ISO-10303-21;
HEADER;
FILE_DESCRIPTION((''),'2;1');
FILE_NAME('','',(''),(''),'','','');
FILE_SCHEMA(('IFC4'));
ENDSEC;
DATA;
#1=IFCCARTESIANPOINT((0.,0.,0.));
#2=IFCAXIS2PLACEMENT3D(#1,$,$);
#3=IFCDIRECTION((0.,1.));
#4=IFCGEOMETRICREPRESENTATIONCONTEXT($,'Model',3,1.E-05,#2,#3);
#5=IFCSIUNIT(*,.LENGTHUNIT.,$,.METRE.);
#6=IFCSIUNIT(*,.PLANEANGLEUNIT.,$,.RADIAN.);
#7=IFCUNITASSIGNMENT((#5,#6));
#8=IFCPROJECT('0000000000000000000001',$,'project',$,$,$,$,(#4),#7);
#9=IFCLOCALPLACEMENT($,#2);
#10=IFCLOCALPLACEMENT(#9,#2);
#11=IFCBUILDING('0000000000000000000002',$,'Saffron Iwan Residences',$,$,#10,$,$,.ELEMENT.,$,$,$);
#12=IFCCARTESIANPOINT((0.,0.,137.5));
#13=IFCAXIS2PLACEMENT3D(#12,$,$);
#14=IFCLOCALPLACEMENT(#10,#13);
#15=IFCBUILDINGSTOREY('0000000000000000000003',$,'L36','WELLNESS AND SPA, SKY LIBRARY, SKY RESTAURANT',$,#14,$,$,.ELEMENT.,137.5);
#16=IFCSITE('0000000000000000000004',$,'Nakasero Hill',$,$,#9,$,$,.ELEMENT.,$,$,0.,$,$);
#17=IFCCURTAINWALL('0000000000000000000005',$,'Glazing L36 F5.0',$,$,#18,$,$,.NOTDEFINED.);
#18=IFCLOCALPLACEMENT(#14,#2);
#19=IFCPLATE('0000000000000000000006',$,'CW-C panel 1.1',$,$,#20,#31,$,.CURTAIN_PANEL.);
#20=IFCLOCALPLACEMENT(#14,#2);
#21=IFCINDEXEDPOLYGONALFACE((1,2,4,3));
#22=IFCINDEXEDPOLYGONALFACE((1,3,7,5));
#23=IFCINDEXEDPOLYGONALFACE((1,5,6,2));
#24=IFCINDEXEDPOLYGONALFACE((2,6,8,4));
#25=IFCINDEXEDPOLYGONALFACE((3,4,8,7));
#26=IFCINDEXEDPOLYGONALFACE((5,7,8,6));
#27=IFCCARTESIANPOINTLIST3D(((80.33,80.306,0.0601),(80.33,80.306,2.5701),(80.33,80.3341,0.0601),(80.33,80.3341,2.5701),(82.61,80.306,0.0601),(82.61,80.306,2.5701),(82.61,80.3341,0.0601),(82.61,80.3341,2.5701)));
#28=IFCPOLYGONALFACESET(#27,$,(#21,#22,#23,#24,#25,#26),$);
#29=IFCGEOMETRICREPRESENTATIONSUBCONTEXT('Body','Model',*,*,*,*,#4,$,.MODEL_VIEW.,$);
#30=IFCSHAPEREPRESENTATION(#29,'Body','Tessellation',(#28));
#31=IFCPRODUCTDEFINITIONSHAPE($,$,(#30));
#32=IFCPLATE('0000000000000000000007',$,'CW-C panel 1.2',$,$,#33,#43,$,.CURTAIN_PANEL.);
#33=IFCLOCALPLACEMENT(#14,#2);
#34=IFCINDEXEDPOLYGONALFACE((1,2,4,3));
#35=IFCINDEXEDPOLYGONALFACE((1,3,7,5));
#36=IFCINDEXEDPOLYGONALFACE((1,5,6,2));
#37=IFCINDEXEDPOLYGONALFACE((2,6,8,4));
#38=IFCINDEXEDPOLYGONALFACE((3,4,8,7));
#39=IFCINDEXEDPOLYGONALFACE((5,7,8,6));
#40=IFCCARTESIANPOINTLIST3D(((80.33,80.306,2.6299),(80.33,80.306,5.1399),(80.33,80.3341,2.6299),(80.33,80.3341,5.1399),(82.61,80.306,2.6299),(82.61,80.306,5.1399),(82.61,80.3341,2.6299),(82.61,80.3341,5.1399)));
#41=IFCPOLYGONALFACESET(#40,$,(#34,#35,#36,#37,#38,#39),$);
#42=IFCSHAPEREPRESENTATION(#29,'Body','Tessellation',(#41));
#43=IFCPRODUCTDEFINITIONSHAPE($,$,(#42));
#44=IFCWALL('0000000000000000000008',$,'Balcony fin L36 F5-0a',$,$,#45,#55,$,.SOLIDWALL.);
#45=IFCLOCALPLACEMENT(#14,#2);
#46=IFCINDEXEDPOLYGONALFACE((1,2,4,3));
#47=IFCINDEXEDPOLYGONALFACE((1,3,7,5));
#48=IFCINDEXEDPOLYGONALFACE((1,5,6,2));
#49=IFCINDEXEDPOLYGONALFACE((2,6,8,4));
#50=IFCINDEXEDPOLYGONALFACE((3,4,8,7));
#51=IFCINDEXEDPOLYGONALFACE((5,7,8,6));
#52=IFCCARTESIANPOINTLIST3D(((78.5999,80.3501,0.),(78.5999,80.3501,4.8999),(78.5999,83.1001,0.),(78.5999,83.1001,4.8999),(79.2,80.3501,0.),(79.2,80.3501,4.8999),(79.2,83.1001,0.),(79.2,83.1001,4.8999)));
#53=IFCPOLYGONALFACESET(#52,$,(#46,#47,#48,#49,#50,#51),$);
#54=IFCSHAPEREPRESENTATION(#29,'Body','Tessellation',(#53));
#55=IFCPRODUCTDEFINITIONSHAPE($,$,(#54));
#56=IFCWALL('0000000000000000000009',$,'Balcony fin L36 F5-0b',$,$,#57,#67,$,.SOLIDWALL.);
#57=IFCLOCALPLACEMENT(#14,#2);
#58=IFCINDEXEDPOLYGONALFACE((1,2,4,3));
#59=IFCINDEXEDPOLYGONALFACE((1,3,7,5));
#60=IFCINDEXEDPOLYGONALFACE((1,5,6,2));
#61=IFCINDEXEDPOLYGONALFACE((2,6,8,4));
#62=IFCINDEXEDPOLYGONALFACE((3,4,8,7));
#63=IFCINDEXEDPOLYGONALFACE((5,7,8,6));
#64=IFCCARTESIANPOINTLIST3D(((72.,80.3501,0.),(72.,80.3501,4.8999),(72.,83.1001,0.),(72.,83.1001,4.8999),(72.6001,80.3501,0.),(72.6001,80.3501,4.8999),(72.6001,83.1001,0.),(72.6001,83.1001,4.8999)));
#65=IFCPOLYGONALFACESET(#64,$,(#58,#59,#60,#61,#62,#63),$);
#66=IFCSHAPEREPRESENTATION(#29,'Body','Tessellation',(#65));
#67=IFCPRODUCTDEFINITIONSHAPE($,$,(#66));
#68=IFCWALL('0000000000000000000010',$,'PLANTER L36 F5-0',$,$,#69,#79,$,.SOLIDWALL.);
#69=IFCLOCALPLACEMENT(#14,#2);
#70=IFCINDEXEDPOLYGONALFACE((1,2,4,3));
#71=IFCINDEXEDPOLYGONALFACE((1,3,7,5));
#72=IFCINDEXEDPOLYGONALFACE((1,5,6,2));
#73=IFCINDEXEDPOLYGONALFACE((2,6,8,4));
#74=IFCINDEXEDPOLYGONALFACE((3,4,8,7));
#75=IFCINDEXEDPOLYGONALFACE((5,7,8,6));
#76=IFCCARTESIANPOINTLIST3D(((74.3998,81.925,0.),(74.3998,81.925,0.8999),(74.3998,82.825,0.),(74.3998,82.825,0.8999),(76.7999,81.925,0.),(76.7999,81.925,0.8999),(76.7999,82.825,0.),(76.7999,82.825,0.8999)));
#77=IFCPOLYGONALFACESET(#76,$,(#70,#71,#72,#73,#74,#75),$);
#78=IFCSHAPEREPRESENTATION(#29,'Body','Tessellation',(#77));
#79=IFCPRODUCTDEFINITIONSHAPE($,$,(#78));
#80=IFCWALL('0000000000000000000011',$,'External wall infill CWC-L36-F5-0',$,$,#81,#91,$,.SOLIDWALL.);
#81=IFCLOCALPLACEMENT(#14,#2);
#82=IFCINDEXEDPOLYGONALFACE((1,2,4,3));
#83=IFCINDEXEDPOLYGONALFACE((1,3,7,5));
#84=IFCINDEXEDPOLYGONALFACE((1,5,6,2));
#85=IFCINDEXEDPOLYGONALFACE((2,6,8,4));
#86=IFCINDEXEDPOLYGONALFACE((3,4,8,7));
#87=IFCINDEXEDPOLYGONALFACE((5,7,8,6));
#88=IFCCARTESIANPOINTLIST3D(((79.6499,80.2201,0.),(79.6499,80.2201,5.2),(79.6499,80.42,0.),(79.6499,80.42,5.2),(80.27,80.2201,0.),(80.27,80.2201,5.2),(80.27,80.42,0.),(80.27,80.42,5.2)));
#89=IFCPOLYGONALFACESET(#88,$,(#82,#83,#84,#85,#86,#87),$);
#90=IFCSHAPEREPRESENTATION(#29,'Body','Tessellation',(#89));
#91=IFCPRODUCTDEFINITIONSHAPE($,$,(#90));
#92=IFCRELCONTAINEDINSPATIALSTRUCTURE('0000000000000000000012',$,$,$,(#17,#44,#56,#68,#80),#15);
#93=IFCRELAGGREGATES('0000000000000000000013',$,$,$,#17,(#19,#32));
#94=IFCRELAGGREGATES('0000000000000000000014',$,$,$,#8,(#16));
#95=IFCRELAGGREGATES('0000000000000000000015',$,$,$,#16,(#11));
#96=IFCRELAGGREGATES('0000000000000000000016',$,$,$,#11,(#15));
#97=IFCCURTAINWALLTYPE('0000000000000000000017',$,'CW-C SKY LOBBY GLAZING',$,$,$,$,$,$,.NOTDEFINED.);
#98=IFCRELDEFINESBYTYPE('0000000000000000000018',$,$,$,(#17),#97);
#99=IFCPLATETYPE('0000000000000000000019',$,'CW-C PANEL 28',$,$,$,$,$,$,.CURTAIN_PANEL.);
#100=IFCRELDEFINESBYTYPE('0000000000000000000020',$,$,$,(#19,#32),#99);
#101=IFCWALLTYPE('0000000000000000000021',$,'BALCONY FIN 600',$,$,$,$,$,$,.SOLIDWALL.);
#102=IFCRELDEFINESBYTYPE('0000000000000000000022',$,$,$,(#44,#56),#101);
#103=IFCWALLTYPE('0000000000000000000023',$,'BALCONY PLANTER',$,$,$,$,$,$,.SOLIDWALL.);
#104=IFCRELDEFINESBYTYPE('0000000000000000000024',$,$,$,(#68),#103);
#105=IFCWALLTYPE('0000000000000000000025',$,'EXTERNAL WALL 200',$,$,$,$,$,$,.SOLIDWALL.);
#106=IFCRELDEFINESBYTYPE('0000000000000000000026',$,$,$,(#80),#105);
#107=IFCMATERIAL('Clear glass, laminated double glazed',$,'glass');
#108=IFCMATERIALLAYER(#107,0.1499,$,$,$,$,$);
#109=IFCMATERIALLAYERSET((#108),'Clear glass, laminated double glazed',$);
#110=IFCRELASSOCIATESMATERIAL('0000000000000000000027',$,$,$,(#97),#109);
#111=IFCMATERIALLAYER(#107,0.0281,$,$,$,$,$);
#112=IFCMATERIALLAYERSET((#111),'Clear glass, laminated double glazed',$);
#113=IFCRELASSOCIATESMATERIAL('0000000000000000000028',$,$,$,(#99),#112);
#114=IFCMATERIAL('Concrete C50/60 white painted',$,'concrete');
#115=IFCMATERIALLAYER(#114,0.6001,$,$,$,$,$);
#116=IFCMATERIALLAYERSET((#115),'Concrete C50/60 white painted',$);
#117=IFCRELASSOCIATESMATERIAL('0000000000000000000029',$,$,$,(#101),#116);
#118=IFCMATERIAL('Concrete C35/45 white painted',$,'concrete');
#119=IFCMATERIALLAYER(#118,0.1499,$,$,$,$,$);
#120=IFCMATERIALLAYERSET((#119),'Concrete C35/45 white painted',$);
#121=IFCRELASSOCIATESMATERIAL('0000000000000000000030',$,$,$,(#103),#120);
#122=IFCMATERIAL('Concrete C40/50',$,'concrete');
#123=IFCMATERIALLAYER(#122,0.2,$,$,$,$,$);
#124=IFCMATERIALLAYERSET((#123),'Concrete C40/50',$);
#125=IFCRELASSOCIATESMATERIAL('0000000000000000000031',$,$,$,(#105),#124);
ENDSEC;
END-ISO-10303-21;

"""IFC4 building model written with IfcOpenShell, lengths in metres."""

from ifc_helpers import new_model, si_unit, direction, frame, frame_2d, origin, origin_2d, place, context, subcontext, project, spatial, rectangle, extrude, source, transform, mapped, material, layer, layer_set, type_object, element, aggregate, save


model = new_model("IFC4")

# Units and contexts
model_context = context("Model", 3, precision=1e-05, world=origin(), true_north=direction((0.0, 1.0)))
body_context = subcontext(model_context, "Body", "Model", "MODEL_VIEW")
ifc_project = project(units=[si_unit("LENGTHUNIT", "METRE"), si_unit("PLANEANGLEUNIT", "RADIAN")], contexts=[model_context])

# Site, building, storey
site_placement = place(None, origin())
site = spatial("IfcSite", under=ifc_project, at=site_placement, Name="Nakasero Hill", CompositionType="ELEMENT", RefElevation=0.0)
building_placement = place(site_placement, origin())
building = spatial("IfcBuilding", under=site, at=building_placement, Name="Saffron Iwan Residences", CompositionType="ELEMENT")
storey_placement = place(building_placement, frame((0.0, 0.0, 137.5)))
storey = spatial("IfcBuildingStorey", under=building, at=storey_placement, Name="L36", Description="WELLNESS AND SPA, SKY LIBRARY, SKY RESTAURANT", CompositionType="ELEMENT", Elevation=137.5)

# Shared definitions
ifc_material_1 = material(Name="Concrete C50/60 white painted", Category="concrete")

# Shared definitions
ifc_material_2 = material(Name="Clear glass, laminated double glazed", Category="glass")
ifc_layer_1 = layer(ifc_material_2, 0.1499)
ifc_layer_set_1 = layer_set([ifc_layer_1], Name="Clear glass, laminated double glazed")
curtain_wall_type = type_object("IfcCurtainWallType", Name="CW-C SKY LOBBY GLAZING", PredefinedType="NOTDEFINED", material=ifc_layer_set_1)

# Curtain wall
curtain_wall_1_placement = place(storey_placement, origin())
curtain_wall_1 = element("IfcCurtainWall", 1, at=curtain_wall_1_placement, inside=storey, type_object=curtain_wall_type, Name="Glazing L36 F5.0", PredefinedType="NOTDEFINED")

# Plates
ifc_layer_2 = layer(ifc_material_2, 0.0281)
ifc_layer_set_2 = layer_set([ifc_layer_2], Name="Clear glass, laminated double glazed")
plate_type = type_object("IfcPlateType", Name="CW-C PANEL 28", PredefinedType="CURTAIN_PANEL", material=ifc_layer_set_2)
shared_shape_1 = source(origin(), body_context, "Body", "SweptSolid", [
    extrude(rectangle(XDim=2.28, YDim=0.0281, at=origin_2d()), origin(), (0.0, 0.0, 1.0), 2.51),
])
plate_1_placement = place(storey_placement, frame((81.47, 80.3201, 0.0601), z_axis=(0.0, 0.0, 1.0), x_axis=(-1.0, 0.0, 0.0)))
plate_1 = element("IfcPlate", 2, at=plate_1_placement, type_object=plate_type, Name="CW-C panel 1.1", PredefinedType="CURTAIN_PANEL", context=body_context, shape_type="MappedRepresentation", body=[
    mapped(shared_shape_1, transform((0.0, 0.0, 0.0))),
])
plate_2_placement = place(storey_placement, frame((81.47, 80.3201, 2.6299), z_axis=(0.0, 0.0, 1.0), x_axis=(-1.0, 0.0, 0.0)))
plate_2 = element("IfcPlate", 3, at=plate_2_placement, type_object=plate_type, Name="CW-C panel 1.2", PredefinedType="CURTAIN_PANEL", context=body_context, shape_type="MappedRepresentation", body=[
    mapped(shared_shape_1, transform((0.0, 0.0, 0.0))),
])
aggregate(curtain_wall_1, [plate_1, plate_2])

# Walls
ifc_layer_3 = layer(ifc_material_1, 0.6001)
ifc_layer_set_3 = layer_set([ifc_layer_3], Name="Concrete C50/60 white painted")
wall_type_1 = type_object("IfcWallType", Name="BALCONY FIN 600", PredefinedType="SOLIDWALL", material=ifc_layer_set_3)
for number, where, z_axis, x_axis, name in (
    (4, (78.8999, 80.3501, 0.0), (0.0, 0.0, 1.0), (0.0, 1.0, 0.0), "Balcony fin L36 F5-0a"),
    (5, (72.3, 80.3501, 0.0), (0.0, 0.0, 1.0), (0.0, 1.0, 0.0), "Balcony fin L36 F5-0b"),
):
    element("IfcWall", number, at=place(storey_placement, frame(where, z_axis=z_axis, x_axis=x_axis)), inside=storey, type_object=wall_type_1, Name=name, PredefinedType="SOLIDWALL", context=body_context, shape_type="SweptSolid", body=[
        extrude(rectangle(XDim=2.75, YDim=0.6001, at=frame_2d((1.375, 0.0))), origin(), (0.0, 0.0, 1.0), 4.8999),
    ])
ifc_material_3 = material(Name="Concrete C35/45 white painted", Category="concrete")
ifc_layer_4 = layer(ifc_material_3, 0.1499)
ifc_layer_set_4 = layer_set([ifc_layer_4], Name="Concrete C35/45 white painted")
wall_type_2 = type_object("IfcWallType", Name="BALCONY PLANTER", PredefinedType="SOLIDWALL", material=ifc_layer_set_4)
wall_1_placement = place(storey_placement, frame((76.8, 82.375, 0.0), z_axis=(0.0, 0.0, 1.0), x_axis=(-1.0, 0.0, 0.0)))
element("IfcWall", 6, at=wall_1_placement, inside=storey, type_object=wall_type_2, Name="PLANTER L36 F5-0", PredefinedType="SOLIDWALL", context=body_context, shape_type="SweptSolid", body=[
    extrude(rectangle(XDim=2.4001, YDim=0.8999, at=frame_2d((1.2002, 0.0))), origin(), (0.0, 0.0, 1.0), 0.8999),
])

# Shared definitions
ifc_material_4 = material(Name="Concrete C40/50", Category="concrete")
ifc_layer_5 = layer(ifc_material_4, 0.2)
ifc_layer_set_5 = layer_set([ifc_layer_5], Name="Concrete C40/50")
wall_type_3 = type_object("IfcWallType", Name="EXTERNAL WALL 200", PredefinedType="SOLIDWALL", material=ifc_layer_set_5)

# Wall
wall_2_placement = place(storey_placement, frame((80.27, 80.3201, 0.0), z_axis=(0.0, 0.0, 1.0), x_axis=(-1.0, 0.0, 0.0)))
element("IfcWall", 7, at=wall_2_placement, inside=storey, type_object=wall_type_3, Name="External wall infill CWC-L36-F5-0", PredefinedType="SOLIDWALL", context=body_context, shape_type="SweptSolid", body=[
    extrude(rectangle(XDim=0.6201, YDim=0.2, at=frame_2d((0.3101, 0.0))), origin(), (0.0, 0.0, 1.0), 5.2),
])

save(model, "model.ifc")
